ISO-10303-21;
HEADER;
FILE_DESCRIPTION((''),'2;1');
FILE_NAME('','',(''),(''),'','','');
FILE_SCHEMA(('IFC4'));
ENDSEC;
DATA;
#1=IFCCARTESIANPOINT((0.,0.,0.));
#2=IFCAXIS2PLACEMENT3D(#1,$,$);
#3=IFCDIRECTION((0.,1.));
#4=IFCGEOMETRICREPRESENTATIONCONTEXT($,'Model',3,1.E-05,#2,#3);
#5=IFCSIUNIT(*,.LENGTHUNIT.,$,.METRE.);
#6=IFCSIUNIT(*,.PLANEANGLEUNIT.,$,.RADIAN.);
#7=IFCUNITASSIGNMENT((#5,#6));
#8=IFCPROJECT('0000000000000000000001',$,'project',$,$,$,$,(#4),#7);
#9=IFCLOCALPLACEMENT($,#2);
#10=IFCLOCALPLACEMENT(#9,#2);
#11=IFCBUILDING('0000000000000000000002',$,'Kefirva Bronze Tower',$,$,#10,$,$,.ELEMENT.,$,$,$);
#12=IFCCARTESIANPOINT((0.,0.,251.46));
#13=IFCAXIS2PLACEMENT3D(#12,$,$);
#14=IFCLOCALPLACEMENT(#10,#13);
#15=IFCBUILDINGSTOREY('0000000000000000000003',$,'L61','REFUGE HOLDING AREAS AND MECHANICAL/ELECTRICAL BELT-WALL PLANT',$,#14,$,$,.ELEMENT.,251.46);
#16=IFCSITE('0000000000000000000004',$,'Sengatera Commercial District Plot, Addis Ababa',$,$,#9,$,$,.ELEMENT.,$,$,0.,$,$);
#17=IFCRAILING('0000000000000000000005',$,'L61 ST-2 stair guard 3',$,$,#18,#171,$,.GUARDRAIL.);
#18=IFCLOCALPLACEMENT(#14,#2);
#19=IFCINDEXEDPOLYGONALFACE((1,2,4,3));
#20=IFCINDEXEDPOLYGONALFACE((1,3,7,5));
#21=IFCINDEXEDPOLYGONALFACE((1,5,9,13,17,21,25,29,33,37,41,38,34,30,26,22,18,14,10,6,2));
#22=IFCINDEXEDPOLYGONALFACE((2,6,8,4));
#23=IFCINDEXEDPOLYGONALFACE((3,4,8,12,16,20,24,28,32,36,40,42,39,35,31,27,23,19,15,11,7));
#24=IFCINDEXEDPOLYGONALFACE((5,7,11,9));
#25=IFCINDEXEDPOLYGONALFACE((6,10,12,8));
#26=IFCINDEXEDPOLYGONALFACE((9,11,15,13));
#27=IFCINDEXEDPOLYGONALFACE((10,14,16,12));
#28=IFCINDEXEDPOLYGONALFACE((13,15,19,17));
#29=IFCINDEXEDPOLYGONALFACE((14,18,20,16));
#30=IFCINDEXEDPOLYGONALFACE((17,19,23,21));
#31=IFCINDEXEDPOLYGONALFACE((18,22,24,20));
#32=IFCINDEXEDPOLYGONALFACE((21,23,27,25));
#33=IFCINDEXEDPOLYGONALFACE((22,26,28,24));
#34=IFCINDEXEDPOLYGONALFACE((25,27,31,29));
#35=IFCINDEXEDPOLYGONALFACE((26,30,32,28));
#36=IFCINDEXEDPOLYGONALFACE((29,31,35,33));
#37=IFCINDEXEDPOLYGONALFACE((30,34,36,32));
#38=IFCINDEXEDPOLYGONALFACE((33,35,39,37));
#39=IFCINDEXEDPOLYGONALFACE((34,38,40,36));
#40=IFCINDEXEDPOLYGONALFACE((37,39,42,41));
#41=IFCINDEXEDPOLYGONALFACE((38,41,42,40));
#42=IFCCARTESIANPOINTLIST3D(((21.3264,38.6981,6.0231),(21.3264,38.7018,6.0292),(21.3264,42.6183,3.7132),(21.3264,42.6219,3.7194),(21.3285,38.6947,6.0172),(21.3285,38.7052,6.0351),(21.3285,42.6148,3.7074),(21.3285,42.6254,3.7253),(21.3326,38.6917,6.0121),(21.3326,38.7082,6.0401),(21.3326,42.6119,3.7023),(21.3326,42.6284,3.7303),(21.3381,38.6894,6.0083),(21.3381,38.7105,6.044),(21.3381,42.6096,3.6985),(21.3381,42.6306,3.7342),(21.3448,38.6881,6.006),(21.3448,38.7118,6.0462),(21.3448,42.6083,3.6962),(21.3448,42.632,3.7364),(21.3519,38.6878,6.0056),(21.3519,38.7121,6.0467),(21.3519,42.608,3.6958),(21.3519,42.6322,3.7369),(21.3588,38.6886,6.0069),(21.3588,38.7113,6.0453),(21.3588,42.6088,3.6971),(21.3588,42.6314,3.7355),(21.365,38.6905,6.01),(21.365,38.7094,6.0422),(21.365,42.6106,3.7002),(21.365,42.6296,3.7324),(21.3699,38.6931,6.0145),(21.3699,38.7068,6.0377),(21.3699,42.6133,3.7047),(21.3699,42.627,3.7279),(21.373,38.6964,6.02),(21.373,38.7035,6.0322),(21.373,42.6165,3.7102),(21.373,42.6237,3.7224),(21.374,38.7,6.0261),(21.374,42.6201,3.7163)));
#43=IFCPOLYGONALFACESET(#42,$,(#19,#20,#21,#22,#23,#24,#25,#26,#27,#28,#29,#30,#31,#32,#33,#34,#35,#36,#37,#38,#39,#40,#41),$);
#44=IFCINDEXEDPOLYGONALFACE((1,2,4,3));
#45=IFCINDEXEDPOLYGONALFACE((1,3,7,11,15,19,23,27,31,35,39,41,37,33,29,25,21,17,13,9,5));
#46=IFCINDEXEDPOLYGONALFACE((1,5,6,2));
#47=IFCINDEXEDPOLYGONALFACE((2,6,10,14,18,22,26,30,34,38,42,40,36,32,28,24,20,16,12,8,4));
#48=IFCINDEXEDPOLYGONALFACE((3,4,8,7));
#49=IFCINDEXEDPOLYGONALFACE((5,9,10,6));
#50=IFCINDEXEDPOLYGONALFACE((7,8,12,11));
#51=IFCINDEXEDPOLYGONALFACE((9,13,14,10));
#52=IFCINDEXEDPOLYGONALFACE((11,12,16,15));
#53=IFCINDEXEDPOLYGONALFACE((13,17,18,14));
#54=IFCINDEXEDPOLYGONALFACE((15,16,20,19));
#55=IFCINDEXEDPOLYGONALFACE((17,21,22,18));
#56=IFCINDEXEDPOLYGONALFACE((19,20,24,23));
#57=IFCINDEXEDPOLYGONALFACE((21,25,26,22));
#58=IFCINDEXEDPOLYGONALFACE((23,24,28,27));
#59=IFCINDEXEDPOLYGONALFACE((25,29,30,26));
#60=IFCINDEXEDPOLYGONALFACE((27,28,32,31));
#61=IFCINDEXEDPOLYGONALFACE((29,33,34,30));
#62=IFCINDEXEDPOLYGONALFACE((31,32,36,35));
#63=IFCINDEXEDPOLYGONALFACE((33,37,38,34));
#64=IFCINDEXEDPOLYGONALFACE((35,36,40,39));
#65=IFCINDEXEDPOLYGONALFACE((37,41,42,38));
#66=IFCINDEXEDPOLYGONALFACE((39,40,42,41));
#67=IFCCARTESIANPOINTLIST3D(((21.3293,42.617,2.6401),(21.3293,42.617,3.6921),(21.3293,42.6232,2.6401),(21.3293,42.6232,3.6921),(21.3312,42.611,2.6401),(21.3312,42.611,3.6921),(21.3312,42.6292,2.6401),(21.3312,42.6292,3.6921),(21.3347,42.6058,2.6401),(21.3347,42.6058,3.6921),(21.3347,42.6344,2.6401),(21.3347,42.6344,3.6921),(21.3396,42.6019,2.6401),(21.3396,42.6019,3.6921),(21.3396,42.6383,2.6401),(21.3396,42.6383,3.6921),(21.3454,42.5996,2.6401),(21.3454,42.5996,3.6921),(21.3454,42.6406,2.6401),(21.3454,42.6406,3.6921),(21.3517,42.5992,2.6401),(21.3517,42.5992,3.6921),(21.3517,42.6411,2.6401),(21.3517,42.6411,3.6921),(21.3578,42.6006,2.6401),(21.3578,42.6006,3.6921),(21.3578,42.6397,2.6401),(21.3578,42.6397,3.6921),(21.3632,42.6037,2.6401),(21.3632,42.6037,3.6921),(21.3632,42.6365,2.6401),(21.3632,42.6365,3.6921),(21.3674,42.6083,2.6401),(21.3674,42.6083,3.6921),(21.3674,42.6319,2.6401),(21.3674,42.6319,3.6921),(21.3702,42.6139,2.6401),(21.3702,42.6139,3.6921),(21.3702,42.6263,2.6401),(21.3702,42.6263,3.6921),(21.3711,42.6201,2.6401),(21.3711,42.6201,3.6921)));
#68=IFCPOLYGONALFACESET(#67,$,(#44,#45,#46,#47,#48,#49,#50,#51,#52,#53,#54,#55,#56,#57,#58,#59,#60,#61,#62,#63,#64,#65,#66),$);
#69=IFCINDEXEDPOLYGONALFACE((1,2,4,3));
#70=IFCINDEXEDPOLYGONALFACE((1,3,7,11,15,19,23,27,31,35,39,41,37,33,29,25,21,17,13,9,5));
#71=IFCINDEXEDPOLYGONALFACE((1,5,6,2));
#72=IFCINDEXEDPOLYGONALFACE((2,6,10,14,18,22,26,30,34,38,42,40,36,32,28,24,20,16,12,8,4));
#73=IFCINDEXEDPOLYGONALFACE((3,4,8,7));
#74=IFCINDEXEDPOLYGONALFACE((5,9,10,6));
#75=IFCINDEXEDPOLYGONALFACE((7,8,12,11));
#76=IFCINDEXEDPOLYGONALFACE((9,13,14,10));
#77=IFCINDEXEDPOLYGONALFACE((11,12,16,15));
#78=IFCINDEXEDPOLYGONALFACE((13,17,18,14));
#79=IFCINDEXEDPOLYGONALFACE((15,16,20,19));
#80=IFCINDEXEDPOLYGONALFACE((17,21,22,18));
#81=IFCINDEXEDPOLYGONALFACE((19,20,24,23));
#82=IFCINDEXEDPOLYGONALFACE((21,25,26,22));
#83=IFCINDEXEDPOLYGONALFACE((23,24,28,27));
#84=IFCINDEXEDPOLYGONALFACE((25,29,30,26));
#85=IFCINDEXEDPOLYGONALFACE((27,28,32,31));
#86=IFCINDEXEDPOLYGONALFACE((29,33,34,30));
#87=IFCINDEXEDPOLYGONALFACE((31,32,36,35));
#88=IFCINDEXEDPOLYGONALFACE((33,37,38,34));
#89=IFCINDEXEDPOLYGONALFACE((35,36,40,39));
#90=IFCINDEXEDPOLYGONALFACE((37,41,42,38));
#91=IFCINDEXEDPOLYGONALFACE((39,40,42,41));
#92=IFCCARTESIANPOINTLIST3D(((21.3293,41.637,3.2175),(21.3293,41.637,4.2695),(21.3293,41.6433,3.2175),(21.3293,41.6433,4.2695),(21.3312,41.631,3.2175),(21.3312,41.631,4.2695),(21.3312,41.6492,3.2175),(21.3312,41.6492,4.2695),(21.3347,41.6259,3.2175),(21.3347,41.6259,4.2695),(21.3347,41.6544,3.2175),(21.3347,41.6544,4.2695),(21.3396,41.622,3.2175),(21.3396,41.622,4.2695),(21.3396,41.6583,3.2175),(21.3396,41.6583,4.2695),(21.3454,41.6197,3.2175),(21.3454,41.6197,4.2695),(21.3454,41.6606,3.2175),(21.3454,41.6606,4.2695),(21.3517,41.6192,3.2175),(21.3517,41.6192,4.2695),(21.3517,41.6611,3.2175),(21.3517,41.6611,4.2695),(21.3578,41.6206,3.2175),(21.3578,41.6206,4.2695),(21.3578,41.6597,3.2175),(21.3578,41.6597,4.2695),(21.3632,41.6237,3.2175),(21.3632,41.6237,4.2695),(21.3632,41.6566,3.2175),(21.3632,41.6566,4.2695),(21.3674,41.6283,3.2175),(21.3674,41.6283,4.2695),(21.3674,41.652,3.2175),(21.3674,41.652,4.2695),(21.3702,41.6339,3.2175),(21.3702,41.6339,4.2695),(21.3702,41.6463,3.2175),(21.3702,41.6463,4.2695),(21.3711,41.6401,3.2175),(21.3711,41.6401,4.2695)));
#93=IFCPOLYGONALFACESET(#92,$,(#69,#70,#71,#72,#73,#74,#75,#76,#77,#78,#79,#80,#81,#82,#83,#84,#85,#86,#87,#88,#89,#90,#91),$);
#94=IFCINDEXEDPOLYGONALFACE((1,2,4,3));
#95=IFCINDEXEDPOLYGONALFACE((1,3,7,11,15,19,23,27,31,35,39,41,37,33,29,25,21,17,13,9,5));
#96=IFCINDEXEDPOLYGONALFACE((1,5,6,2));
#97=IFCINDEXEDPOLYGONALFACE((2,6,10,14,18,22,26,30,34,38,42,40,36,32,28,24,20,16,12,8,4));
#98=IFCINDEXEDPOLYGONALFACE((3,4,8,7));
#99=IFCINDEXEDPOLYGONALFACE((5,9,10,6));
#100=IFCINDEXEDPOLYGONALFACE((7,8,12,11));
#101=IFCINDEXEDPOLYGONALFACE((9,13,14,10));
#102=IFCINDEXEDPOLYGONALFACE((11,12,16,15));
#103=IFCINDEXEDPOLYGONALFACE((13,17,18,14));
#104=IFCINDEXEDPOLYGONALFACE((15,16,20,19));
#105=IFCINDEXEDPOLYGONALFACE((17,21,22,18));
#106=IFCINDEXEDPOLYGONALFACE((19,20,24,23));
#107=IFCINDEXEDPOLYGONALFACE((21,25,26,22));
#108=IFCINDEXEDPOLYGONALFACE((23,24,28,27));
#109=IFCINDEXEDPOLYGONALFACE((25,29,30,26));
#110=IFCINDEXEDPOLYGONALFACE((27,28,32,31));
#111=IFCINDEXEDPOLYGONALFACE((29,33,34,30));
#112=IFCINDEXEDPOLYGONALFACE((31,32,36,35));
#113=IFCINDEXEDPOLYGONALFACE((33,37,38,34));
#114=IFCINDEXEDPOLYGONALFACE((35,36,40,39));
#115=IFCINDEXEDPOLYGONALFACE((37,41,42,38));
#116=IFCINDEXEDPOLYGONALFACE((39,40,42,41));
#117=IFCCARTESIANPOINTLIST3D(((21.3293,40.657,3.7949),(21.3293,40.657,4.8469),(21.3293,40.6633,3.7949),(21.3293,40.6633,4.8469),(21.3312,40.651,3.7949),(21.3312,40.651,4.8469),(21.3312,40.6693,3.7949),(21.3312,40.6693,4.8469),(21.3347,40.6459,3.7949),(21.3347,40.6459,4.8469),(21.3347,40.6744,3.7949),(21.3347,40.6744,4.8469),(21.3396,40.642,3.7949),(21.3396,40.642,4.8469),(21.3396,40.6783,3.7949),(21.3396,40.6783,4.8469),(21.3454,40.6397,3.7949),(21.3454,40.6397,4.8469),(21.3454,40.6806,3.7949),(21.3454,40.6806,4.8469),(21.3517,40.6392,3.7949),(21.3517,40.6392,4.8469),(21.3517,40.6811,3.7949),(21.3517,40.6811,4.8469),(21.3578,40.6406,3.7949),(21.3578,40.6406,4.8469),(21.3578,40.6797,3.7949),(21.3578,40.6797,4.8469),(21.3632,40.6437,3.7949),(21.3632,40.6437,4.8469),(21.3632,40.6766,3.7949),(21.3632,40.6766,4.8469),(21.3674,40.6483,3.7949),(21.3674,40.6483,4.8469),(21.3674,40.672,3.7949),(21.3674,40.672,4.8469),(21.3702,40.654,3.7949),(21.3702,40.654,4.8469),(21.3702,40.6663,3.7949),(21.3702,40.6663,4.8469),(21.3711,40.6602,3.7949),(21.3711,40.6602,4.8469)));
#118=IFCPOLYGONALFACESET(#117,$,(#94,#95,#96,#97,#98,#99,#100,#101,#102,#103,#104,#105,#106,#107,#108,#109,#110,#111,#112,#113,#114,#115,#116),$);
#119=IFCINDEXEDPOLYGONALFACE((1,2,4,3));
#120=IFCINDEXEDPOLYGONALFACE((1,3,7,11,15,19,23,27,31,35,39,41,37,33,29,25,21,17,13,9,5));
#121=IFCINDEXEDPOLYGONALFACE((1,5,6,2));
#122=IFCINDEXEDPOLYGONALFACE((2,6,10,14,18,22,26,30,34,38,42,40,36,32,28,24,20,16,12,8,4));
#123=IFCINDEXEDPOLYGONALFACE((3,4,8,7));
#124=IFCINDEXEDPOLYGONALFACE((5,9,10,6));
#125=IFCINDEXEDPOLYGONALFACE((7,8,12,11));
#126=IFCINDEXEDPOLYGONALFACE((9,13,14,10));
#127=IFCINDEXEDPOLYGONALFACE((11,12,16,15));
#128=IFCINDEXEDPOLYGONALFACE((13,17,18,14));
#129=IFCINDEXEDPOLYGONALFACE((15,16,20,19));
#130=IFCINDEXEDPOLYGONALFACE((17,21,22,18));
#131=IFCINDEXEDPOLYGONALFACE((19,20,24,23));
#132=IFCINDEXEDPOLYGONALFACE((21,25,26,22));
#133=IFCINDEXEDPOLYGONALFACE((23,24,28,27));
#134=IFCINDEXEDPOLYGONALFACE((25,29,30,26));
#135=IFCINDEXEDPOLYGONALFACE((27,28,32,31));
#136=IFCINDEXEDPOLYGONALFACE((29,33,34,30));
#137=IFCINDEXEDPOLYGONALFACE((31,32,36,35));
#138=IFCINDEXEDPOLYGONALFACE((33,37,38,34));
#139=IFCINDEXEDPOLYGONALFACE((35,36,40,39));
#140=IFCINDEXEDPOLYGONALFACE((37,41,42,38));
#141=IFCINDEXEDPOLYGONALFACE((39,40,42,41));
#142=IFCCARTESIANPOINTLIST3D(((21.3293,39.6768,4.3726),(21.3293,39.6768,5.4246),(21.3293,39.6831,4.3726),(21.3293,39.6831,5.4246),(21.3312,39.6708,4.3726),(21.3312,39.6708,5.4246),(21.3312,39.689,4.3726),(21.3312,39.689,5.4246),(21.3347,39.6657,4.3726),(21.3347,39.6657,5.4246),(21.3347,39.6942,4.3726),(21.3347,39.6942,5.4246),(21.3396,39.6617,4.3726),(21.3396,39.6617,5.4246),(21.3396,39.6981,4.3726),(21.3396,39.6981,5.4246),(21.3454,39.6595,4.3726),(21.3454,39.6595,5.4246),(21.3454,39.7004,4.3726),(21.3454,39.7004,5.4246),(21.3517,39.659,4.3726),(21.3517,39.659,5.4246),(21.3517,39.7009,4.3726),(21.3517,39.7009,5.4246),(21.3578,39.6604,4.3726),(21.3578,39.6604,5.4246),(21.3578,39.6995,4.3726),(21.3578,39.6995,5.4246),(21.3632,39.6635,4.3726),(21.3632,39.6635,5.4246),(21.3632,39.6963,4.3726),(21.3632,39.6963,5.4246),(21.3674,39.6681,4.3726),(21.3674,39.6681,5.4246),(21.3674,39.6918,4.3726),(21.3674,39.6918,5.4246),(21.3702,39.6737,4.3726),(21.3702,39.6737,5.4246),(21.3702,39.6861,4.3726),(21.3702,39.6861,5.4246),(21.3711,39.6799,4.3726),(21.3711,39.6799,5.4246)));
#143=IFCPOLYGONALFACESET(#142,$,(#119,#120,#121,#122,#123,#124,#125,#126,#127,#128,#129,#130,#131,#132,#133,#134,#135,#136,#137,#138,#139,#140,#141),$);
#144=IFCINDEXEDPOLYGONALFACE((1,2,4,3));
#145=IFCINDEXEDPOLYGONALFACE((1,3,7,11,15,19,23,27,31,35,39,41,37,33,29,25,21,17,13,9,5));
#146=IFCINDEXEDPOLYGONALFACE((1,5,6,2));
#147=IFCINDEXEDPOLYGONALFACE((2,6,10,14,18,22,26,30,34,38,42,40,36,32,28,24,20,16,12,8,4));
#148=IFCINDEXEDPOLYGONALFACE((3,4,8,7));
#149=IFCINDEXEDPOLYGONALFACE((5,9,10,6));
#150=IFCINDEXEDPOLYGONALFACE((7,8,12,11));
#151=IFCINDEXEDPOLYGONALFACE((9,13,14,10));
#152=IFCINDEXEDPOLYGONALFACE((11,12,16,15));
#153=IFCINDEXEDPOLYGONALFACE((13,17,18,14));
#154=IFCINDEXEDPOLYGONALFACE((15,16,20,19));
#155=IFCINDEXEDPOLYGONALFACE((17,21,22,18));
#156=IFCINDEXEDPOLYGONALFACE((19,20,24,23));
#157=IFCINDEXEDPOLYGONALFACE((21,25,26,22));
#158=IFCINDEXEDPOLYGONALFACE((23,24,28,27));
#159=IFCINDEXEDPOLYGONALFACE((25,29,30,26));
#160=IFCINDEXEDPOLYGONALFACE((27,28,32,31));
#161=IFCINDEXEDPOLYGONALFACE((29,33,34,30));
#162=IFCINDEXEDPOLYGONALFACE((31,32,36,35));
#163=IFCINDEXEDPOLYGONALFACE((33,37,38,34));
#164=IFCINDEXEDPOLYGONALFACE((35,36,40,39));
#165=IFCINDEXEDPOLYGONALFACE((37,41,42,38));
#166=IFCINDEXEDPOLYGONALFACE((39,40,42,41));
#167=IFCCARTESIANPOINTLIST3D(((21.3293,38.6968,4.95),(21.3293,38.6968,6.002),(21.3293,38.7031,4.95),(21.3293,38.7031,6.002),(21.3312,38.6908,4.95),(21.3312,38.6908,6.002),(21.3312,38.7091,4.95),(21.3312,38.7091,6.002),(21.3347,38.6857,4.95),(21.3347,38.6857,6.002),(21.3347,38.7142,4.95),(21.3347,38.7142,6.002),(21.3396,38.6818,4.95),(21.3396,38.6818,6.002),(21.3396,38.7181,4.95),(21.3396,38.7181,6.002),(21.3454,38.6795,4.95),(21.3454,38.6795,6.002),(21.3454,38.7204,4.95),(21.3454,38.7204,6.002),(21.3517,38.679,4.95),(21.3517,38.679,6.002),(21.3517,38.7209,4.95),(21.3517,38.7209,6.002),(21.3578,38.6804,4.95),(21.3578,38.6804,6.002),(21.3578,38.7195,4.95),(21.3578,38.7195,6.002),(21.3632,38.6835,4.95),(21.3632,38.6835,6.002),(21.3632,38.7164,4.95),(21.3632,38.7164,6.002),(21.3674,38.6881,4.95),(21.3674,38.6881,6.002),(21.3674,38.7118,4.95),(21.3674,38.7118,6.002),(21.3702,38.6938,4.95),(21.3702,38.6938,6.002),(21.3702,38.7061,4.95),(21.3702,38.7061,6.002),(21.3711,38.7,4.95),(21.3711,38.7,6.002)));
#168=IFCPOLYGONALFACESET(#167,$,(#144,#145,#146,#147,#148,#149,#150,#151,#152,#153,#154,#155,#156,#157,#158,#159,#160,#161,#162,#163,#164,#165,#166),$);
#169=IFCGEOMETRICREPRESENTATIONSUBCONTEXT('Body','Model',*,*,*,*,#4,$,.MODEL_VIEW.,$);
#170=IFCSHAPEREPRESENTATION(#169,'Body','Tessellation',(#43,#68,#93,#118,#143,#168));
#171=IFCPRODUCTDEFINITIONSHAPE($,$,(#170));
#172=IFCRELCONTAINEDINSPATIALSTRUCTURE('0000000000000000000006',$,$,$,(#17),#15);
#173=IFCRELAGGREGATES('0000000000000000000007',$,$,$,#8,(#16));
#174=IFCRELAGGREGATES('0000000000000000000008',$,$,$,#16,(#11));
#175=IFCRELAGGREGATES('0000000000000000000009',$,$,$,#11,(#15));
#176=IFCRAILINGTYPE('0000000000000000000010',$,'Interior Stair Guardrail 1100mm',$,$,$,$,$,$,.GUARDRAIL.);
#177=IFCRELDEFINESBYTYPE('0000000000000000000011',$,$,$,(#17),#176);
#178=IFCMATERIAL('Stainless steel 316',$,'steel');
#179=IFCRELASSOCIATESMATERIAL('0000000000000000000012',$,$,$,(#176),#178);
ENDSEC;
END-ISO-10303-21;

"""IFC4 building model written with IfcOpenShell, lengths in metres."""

from ifc_helpers import new_model, si_unit, direction, frame, origin, origin_2d, place, context, subcontext, project, spatial, circle, extrude, material, type_object, element, save


model = new_model("IFC4")

# Units and contexts
model_context = context("Model", 3, precision=1e-05, world=origin(), true_north=direction((0.0, 1.0)))
body_context = subcontext(model_context, "Body", "Model", "MODEL_VIEW")
ifc_project = project(units=[si_unit("LENGTHUNIT", "METRE"), si_unit("PLANEANGLEUNIT", "RADIAN")], contexts=[model_context])

# Site, building, storey
site_placement = place(None, origin())
site = spatial("IfcSite", under=ifc_project, at=site_placement, Name="Sengatera Commercial District Plot, Addis Ababa", CompositionType="ELEMENT", RefElevation=0.0)
building_placement = place(site_placement, origin())
building = spatial("IfcBuilding", under=site, at=building_placement, Name="Kefirva Bronze Tower", CompositionType="ELEMENT")
storey_placement = place(building_placement, frame((0.0, 0.0, 251.46)))
storey = spatial("IfcBuildingStorey", under=building, at=storey_placement, Name="L61", Description="REFUGE HOLDING AREAS AND MECHANICAL/ELECTRICAL BELT-WALL PLANT", CompositionType="ELEMENT", Elevation=251.46)

# Railing
ifc_material_1 = material(Name="Stainless steel 316", Category="steel")
railing_type_1 = type_object("IfcRailingType", Name="Interior Stair Guardrail 1100mm", PredefinedType="GUARDRAIL", material=ifc_material_1)
railing_1_placement = place(storey_placement, frame((21.3501, 42.6201, 2.6401)))
element("IfcRailing", 1, at=railing_1_placement, inside=storey, type_object=railing_type_1, Name="L61 ST-2 stair guard 3", PredefinedType="GUARDRAIL", context=body_context, shape_type="SweptSolid", body=[
    extrude(circle(Radius=0.0239, at=origin_2d()), frame((0.0, 0.0, 1.0762), z_axis=(0.0, -0.861566, 0.507646), x_axis=(1.0, 0.0, 0.0)), (0.0, 0.0, 1.0), 4.55),
    extrude(circle(Radius=0.021, at=origin_2d()), origin(), (0.0, 0.0, 1.0), 1.052),
    extrude(circle(Radius=0.021, at=origin_2d()), frame((0.0, -0.98, 0.5774)), (0.0, 0.0, 1.0), 1.052),
    extrude(circle(Radius=0.021, at=origin_2d()), frame((0.0, -1.96, 1.1548)), (0.0, 0.0, 1.0), 1.052),
    extrude(circle(Radius=0.021, at=origin_2d()), frame((0.0, -2.9402, 1.7324)), (0.0, 0.0, 1.0), 1.052),
    extrude(circle(Radius=0.021, at=origin_2d()), frame((0.0, -3.9202, 2.3098)), (0.0, 0.0, 1.0), 1.052),
])

save(model, "model.ifc")
